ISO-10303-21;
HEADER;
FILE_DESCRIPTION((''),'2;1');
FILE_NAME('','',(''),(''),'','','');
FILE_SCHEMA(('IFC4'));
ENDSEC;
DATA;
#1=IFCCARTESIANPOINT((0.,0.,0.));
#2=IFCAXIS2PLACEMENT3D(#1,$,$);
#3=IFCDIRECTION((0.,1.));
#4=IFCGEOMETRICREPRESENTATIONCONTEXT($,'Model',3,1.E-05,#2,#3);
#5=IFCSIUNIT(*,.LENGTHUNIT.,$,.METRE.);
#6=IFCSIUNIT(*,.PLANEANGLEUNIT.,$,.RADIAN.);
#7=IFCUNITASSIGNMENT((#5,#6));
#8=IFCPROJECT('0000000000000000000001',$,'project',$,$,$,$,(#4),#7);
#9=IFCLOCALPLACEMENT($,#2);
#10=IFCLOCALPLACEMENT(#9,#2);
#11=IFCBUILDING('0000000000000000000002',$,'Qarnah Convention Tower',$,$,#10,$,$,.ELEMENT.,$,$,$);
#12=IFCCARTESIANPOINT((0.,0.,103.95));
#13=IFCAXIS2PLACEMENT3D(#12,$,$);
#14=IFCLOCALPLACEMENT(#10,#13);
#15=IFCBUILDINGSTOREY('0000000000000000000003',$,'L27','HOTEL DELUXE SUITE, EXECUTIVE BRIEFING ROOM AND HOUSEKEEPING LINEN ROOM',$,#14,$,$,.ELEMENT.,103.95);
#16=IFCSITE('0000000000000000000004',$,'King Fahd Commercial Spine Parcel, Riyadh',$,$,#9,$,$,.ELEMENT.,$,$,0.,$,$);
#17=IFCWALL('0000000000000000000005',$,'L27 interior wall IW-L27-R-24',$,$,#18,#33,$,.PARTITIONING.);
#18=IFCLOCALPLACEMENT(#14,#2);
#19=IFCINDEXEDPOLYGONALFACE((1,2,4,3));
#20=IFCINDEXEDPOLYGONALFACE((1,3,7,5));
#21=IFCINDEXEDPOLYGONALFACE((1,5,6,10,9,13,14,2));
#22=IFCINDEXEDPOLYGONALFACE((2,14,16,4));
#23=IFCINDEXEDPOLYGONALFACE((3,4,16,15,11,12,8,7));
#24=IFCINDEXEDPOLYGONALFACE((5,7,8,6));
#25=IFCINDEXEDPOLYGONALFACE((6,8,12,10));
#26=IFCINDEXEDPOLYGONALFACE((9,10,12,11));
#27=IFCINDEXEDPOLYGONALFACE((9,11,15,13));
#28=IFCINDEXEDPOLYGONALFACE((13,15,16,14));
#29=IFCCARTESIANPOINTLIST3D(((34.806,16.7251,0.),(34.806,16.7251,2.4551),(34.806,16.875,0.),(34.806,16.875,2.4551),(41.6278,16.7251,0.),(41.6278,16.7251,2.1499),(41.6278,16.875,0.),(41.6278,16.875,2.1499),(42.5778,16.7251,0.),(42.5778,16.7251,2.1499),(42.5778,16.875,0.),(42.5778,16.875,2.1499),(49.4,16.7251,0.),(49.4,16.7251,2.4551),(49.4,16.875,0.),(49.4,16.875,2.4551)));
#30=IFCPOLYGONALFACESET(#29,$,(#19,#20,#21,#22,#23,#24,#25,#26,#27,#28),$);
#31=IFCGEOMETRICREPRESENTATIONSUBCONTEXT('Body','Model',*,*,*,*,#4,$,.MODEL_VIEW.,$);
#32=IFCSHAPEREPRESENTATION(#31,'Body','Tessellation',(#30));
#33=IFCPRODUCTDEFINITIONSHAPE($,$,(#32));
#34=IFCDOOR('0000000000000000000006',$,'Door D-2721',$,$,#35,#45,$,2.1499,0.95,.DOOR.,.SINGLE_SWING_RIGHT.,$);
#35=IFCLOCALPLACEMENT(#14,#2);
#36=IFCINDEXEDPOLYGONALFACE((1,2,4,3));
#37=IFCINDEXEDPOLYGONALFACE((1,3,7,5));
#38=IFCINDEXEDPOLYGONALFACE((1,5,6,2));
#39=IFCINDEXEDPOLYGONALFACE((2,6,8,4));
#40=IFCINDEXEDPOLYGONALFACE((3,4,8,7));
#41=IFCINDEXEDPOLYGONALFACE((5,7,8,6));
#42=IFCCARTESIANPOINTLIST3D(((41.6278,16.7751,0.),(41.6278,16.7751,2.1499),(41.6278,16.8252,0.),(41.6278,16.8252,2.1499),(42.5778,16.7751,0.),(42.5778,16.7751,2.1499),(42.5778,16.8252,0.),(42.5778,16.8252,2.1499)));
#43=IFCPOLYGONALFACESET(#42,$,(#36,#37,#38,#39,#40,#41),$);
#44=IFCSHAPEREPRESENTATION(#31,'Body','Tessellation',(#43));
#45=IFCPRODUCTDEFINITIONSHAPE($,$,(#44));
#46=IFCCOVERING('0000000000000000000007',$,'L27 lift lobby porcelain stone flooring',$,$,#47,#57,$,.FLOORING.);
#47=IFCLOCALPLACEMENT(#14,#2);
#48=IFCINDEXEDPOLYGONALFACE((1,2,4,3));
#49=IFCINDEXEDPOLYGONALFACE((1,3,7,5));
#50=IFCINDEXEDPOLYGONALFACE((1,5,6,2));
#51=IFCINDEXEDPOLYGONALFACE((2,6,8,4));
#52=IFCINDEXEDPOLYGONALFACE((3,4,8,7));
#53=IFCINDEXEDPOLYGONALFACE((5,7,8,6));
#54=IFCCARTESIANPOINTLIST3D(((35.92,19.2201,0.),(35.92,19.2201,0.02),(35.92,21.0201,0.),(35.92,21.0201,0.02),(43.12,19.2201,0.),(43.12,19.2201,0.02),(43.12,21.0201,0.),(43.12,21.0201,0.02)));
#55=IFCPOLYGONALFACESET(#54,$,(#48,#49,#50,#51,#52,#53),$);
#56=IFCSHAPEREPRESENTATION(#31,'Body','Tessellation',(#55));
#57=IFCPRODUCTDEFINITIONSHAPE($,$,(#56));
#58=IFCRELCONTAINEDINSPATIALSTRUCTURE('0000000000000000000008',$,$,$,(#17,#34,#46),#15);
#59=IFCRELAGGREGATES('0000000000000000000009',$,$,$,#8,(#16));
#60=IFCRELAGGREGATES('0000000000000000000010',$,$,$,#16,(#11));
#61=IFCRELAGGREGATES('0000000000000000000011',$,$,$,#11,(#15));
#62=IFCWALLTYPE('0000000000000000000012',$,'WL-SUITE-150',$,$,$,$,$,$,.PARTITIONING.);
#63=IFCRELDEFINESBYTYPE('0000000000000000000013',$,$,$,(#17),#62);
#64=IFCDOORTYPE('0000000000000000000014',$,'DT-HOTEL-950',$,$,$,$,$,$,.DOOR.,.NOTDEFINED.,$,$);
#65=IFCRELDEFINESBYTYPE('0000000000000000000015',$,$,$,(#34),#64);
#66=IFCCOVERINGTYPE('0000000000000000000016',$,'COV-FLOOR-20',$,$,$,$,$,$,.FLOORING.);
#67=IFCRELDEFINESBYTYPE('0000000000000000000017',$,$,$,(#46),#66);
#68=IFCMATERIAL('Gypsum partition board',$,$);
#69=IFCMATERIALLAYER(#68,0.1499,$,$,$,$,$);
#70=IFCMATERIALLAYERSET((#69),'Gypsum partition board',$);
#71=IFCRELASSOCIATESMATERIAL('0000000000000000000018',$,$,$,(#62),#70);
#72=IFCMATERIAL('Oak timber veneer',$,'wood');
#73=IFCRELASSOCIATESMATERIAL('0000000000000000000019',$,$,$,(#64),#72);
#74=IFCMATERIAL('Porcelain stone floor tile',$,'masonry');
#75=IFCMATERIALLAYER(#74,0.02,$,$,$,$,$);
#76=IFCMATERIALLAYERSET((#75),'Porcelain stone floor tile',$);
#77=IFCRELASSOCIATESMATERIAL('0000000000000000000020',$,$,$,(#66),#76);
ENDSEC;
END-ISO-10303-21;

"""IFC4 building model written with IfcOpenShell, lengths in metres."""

from ifc_helpers import new_model, si_unit, direction, frame, frame_2d, origin, origin_2d, place, context, subcontext, project, spatial, rectangle, extrude, material, layer, layer_set, type_object, element, fill, save


model = new_model("IFC4")

# Units and contexts
model_context = context("Model", 3, precision=1e-05, world=origin(), true_north=direction((0.0, 1.0)))
body_context = subcontext(model_context, "Body", "Model", "MODEL_VIEW")
ifc_project = project(units=[si_unit("LENGTHUNIT", "METRE"), si_unit("PLANEANGLEUNIT", "RADIAN")], contexts=[model_context])

# Site, building, storey
site_placement = place(None, origin())
site = spatial("IfcSite", under=ifc_project, at=site_placement, Name="King Fahd Commercial Spine Parcel, Riyadh", CompositionType="ELEMENT", RefElevation=0.0)
building_placement = place(site_placement, origin())
building = spatial("IfcBuilding", under=site, at=building_placement, Name="Qarnah Convention Tower", CompositionType="ELEMENT")
storey_placement = place(building_placement, frame((0.0, 0.0, 103.95)))
storey = spatial("IfcBuildingStorey", under=building, at=storey_placement, Name="L27", Description="HOTEL DELUXE SUITE, EXECUTIVE BRIEFING ROOM AND HOUSEKEEPING LINEN ROOM", CompositionType="ELEMENT", Elevation=103.95)

# Shared definitions
ifc_material_1 = material(Name="Gypsum partition board")
ifc_layer_1 = layer(ifc_material_1, 0.1499)
ifc_layer_set_1 = layer_set([ifc_layer_1], Name="Gypsum partition board")
wall_type_1 = type_object("IfcWallType", Name="WL-SUITE-150", PredefinedType="PARTITIONING", material=ifc_layer_set_1)

# Wall, opening, door
wall_1_placement = place(storey_placement, frame((49.3999, 16.8, 0.0), z_axis=(0.0, 0.0, 1.0), x_axis=(-1.0, 0.0, 0.0)))
wall_1 = element("IfcWall", 1, at=wall_1_placement, inside=storey, type_object=wall_type_1, Name="L27 interior wall IW-L27-R-24", PredefinedType="PARTITIONING", context=body_context, shape_type="SweptSolid", body=[
    extrude(rectangle(XDim=14.594, YDim=0.1499, at=frame_2d((7.2969, 0.0))), origin(), (0.0, 0.0, 1.0), 2.4551),
])
opening_1_placement = place(wall_1_placement, frame((6.822, 0.0, 0.0)))
opening_1 = element("IfcOpeningElement", 2, at=opening_1_placement, cuts=wall_1, PredefinedType="OPENING", context=body_context, shape_type="SweptSolid", body=[
    extrude(rectangle(XDim=0.95, YDim=2.1499, at=frame_2d((0.4751, 1.075))), frame((0.0, 0.085, 0.0), z_axis=(0.0, -1.0, 0.0), x_axis=(1.0, 0.0, 0.0)), (0.0, 0.0, 1.0), 0.1699),
])
ifc_material_2 = material(Name="Oak timber veneer", Category="wood")
door_type_1 = type_object("IfcDoorType", Name="DT-HOTEL-950", OperationType="NOTDEFINED", PredefinedType="DOOR", material=ifc_material_2)
door_1_placement = place(opening_1_placement, origin())
door_1 = element("IfcDoor", 3, at=door_1_placement, inside=storey, type_object=door_type_1, Name="Door D-2721", OperationType="SINGLE_SWING_RIGHT", OverallHeight=2.1499, OverallWidth=0.95, PredefinedType="DOOR", context=body_context, shape_type="SweptSolid", body=[
    extrude(rectangle(XDim=0.95, YDim=2.1499, at=frame_2d((0.4751, 1.075))), frame((0.0, 0.0249, 0.0), z_axis=(0.0, -1.0, 0.0), x_axis=(1.0, 0.0, 0.0)), (0.0, 0.0, 1.0), 0.05),
])
fill(opening_1, door_1)

# Covering
ifc_material_3 = material(Name="Porcelain stone floor tile", Category="masonry")
ifc_layer_2 = layer(ifc_material_3, 0.02)
ifc_layer_set_2 = layer_set([ifc_layer_2], Name="Porcelain stone floor tile")
covering_type = type_object("IfcCoveringType", Name="COV-FLOOR-20", PredefinedType="FLOORING", material=ifc_layer_set_2)
covering_placement = place(storey_placement, frame((39.52, 20.1201, 0.0), z_axis=(0.0, 0.0, 1.0), x_axis=(1.0, 0.0, 0.0)))
element("IfcCovering", 4, at=covering_placement, inside=storey, type_object=covering_type, Name="L27 lift lobby porcelain stone flooring", PredefinedType="FLOORING", context=body_context, shape_type="SweptSolid", body=[
    extrude(rectangle(XDim=7.2, YDim=1.8, at=origin_2d()), origin(), (0.0, 0.0, 1.0), 0.02),
])

save(model, "model.ifc")
